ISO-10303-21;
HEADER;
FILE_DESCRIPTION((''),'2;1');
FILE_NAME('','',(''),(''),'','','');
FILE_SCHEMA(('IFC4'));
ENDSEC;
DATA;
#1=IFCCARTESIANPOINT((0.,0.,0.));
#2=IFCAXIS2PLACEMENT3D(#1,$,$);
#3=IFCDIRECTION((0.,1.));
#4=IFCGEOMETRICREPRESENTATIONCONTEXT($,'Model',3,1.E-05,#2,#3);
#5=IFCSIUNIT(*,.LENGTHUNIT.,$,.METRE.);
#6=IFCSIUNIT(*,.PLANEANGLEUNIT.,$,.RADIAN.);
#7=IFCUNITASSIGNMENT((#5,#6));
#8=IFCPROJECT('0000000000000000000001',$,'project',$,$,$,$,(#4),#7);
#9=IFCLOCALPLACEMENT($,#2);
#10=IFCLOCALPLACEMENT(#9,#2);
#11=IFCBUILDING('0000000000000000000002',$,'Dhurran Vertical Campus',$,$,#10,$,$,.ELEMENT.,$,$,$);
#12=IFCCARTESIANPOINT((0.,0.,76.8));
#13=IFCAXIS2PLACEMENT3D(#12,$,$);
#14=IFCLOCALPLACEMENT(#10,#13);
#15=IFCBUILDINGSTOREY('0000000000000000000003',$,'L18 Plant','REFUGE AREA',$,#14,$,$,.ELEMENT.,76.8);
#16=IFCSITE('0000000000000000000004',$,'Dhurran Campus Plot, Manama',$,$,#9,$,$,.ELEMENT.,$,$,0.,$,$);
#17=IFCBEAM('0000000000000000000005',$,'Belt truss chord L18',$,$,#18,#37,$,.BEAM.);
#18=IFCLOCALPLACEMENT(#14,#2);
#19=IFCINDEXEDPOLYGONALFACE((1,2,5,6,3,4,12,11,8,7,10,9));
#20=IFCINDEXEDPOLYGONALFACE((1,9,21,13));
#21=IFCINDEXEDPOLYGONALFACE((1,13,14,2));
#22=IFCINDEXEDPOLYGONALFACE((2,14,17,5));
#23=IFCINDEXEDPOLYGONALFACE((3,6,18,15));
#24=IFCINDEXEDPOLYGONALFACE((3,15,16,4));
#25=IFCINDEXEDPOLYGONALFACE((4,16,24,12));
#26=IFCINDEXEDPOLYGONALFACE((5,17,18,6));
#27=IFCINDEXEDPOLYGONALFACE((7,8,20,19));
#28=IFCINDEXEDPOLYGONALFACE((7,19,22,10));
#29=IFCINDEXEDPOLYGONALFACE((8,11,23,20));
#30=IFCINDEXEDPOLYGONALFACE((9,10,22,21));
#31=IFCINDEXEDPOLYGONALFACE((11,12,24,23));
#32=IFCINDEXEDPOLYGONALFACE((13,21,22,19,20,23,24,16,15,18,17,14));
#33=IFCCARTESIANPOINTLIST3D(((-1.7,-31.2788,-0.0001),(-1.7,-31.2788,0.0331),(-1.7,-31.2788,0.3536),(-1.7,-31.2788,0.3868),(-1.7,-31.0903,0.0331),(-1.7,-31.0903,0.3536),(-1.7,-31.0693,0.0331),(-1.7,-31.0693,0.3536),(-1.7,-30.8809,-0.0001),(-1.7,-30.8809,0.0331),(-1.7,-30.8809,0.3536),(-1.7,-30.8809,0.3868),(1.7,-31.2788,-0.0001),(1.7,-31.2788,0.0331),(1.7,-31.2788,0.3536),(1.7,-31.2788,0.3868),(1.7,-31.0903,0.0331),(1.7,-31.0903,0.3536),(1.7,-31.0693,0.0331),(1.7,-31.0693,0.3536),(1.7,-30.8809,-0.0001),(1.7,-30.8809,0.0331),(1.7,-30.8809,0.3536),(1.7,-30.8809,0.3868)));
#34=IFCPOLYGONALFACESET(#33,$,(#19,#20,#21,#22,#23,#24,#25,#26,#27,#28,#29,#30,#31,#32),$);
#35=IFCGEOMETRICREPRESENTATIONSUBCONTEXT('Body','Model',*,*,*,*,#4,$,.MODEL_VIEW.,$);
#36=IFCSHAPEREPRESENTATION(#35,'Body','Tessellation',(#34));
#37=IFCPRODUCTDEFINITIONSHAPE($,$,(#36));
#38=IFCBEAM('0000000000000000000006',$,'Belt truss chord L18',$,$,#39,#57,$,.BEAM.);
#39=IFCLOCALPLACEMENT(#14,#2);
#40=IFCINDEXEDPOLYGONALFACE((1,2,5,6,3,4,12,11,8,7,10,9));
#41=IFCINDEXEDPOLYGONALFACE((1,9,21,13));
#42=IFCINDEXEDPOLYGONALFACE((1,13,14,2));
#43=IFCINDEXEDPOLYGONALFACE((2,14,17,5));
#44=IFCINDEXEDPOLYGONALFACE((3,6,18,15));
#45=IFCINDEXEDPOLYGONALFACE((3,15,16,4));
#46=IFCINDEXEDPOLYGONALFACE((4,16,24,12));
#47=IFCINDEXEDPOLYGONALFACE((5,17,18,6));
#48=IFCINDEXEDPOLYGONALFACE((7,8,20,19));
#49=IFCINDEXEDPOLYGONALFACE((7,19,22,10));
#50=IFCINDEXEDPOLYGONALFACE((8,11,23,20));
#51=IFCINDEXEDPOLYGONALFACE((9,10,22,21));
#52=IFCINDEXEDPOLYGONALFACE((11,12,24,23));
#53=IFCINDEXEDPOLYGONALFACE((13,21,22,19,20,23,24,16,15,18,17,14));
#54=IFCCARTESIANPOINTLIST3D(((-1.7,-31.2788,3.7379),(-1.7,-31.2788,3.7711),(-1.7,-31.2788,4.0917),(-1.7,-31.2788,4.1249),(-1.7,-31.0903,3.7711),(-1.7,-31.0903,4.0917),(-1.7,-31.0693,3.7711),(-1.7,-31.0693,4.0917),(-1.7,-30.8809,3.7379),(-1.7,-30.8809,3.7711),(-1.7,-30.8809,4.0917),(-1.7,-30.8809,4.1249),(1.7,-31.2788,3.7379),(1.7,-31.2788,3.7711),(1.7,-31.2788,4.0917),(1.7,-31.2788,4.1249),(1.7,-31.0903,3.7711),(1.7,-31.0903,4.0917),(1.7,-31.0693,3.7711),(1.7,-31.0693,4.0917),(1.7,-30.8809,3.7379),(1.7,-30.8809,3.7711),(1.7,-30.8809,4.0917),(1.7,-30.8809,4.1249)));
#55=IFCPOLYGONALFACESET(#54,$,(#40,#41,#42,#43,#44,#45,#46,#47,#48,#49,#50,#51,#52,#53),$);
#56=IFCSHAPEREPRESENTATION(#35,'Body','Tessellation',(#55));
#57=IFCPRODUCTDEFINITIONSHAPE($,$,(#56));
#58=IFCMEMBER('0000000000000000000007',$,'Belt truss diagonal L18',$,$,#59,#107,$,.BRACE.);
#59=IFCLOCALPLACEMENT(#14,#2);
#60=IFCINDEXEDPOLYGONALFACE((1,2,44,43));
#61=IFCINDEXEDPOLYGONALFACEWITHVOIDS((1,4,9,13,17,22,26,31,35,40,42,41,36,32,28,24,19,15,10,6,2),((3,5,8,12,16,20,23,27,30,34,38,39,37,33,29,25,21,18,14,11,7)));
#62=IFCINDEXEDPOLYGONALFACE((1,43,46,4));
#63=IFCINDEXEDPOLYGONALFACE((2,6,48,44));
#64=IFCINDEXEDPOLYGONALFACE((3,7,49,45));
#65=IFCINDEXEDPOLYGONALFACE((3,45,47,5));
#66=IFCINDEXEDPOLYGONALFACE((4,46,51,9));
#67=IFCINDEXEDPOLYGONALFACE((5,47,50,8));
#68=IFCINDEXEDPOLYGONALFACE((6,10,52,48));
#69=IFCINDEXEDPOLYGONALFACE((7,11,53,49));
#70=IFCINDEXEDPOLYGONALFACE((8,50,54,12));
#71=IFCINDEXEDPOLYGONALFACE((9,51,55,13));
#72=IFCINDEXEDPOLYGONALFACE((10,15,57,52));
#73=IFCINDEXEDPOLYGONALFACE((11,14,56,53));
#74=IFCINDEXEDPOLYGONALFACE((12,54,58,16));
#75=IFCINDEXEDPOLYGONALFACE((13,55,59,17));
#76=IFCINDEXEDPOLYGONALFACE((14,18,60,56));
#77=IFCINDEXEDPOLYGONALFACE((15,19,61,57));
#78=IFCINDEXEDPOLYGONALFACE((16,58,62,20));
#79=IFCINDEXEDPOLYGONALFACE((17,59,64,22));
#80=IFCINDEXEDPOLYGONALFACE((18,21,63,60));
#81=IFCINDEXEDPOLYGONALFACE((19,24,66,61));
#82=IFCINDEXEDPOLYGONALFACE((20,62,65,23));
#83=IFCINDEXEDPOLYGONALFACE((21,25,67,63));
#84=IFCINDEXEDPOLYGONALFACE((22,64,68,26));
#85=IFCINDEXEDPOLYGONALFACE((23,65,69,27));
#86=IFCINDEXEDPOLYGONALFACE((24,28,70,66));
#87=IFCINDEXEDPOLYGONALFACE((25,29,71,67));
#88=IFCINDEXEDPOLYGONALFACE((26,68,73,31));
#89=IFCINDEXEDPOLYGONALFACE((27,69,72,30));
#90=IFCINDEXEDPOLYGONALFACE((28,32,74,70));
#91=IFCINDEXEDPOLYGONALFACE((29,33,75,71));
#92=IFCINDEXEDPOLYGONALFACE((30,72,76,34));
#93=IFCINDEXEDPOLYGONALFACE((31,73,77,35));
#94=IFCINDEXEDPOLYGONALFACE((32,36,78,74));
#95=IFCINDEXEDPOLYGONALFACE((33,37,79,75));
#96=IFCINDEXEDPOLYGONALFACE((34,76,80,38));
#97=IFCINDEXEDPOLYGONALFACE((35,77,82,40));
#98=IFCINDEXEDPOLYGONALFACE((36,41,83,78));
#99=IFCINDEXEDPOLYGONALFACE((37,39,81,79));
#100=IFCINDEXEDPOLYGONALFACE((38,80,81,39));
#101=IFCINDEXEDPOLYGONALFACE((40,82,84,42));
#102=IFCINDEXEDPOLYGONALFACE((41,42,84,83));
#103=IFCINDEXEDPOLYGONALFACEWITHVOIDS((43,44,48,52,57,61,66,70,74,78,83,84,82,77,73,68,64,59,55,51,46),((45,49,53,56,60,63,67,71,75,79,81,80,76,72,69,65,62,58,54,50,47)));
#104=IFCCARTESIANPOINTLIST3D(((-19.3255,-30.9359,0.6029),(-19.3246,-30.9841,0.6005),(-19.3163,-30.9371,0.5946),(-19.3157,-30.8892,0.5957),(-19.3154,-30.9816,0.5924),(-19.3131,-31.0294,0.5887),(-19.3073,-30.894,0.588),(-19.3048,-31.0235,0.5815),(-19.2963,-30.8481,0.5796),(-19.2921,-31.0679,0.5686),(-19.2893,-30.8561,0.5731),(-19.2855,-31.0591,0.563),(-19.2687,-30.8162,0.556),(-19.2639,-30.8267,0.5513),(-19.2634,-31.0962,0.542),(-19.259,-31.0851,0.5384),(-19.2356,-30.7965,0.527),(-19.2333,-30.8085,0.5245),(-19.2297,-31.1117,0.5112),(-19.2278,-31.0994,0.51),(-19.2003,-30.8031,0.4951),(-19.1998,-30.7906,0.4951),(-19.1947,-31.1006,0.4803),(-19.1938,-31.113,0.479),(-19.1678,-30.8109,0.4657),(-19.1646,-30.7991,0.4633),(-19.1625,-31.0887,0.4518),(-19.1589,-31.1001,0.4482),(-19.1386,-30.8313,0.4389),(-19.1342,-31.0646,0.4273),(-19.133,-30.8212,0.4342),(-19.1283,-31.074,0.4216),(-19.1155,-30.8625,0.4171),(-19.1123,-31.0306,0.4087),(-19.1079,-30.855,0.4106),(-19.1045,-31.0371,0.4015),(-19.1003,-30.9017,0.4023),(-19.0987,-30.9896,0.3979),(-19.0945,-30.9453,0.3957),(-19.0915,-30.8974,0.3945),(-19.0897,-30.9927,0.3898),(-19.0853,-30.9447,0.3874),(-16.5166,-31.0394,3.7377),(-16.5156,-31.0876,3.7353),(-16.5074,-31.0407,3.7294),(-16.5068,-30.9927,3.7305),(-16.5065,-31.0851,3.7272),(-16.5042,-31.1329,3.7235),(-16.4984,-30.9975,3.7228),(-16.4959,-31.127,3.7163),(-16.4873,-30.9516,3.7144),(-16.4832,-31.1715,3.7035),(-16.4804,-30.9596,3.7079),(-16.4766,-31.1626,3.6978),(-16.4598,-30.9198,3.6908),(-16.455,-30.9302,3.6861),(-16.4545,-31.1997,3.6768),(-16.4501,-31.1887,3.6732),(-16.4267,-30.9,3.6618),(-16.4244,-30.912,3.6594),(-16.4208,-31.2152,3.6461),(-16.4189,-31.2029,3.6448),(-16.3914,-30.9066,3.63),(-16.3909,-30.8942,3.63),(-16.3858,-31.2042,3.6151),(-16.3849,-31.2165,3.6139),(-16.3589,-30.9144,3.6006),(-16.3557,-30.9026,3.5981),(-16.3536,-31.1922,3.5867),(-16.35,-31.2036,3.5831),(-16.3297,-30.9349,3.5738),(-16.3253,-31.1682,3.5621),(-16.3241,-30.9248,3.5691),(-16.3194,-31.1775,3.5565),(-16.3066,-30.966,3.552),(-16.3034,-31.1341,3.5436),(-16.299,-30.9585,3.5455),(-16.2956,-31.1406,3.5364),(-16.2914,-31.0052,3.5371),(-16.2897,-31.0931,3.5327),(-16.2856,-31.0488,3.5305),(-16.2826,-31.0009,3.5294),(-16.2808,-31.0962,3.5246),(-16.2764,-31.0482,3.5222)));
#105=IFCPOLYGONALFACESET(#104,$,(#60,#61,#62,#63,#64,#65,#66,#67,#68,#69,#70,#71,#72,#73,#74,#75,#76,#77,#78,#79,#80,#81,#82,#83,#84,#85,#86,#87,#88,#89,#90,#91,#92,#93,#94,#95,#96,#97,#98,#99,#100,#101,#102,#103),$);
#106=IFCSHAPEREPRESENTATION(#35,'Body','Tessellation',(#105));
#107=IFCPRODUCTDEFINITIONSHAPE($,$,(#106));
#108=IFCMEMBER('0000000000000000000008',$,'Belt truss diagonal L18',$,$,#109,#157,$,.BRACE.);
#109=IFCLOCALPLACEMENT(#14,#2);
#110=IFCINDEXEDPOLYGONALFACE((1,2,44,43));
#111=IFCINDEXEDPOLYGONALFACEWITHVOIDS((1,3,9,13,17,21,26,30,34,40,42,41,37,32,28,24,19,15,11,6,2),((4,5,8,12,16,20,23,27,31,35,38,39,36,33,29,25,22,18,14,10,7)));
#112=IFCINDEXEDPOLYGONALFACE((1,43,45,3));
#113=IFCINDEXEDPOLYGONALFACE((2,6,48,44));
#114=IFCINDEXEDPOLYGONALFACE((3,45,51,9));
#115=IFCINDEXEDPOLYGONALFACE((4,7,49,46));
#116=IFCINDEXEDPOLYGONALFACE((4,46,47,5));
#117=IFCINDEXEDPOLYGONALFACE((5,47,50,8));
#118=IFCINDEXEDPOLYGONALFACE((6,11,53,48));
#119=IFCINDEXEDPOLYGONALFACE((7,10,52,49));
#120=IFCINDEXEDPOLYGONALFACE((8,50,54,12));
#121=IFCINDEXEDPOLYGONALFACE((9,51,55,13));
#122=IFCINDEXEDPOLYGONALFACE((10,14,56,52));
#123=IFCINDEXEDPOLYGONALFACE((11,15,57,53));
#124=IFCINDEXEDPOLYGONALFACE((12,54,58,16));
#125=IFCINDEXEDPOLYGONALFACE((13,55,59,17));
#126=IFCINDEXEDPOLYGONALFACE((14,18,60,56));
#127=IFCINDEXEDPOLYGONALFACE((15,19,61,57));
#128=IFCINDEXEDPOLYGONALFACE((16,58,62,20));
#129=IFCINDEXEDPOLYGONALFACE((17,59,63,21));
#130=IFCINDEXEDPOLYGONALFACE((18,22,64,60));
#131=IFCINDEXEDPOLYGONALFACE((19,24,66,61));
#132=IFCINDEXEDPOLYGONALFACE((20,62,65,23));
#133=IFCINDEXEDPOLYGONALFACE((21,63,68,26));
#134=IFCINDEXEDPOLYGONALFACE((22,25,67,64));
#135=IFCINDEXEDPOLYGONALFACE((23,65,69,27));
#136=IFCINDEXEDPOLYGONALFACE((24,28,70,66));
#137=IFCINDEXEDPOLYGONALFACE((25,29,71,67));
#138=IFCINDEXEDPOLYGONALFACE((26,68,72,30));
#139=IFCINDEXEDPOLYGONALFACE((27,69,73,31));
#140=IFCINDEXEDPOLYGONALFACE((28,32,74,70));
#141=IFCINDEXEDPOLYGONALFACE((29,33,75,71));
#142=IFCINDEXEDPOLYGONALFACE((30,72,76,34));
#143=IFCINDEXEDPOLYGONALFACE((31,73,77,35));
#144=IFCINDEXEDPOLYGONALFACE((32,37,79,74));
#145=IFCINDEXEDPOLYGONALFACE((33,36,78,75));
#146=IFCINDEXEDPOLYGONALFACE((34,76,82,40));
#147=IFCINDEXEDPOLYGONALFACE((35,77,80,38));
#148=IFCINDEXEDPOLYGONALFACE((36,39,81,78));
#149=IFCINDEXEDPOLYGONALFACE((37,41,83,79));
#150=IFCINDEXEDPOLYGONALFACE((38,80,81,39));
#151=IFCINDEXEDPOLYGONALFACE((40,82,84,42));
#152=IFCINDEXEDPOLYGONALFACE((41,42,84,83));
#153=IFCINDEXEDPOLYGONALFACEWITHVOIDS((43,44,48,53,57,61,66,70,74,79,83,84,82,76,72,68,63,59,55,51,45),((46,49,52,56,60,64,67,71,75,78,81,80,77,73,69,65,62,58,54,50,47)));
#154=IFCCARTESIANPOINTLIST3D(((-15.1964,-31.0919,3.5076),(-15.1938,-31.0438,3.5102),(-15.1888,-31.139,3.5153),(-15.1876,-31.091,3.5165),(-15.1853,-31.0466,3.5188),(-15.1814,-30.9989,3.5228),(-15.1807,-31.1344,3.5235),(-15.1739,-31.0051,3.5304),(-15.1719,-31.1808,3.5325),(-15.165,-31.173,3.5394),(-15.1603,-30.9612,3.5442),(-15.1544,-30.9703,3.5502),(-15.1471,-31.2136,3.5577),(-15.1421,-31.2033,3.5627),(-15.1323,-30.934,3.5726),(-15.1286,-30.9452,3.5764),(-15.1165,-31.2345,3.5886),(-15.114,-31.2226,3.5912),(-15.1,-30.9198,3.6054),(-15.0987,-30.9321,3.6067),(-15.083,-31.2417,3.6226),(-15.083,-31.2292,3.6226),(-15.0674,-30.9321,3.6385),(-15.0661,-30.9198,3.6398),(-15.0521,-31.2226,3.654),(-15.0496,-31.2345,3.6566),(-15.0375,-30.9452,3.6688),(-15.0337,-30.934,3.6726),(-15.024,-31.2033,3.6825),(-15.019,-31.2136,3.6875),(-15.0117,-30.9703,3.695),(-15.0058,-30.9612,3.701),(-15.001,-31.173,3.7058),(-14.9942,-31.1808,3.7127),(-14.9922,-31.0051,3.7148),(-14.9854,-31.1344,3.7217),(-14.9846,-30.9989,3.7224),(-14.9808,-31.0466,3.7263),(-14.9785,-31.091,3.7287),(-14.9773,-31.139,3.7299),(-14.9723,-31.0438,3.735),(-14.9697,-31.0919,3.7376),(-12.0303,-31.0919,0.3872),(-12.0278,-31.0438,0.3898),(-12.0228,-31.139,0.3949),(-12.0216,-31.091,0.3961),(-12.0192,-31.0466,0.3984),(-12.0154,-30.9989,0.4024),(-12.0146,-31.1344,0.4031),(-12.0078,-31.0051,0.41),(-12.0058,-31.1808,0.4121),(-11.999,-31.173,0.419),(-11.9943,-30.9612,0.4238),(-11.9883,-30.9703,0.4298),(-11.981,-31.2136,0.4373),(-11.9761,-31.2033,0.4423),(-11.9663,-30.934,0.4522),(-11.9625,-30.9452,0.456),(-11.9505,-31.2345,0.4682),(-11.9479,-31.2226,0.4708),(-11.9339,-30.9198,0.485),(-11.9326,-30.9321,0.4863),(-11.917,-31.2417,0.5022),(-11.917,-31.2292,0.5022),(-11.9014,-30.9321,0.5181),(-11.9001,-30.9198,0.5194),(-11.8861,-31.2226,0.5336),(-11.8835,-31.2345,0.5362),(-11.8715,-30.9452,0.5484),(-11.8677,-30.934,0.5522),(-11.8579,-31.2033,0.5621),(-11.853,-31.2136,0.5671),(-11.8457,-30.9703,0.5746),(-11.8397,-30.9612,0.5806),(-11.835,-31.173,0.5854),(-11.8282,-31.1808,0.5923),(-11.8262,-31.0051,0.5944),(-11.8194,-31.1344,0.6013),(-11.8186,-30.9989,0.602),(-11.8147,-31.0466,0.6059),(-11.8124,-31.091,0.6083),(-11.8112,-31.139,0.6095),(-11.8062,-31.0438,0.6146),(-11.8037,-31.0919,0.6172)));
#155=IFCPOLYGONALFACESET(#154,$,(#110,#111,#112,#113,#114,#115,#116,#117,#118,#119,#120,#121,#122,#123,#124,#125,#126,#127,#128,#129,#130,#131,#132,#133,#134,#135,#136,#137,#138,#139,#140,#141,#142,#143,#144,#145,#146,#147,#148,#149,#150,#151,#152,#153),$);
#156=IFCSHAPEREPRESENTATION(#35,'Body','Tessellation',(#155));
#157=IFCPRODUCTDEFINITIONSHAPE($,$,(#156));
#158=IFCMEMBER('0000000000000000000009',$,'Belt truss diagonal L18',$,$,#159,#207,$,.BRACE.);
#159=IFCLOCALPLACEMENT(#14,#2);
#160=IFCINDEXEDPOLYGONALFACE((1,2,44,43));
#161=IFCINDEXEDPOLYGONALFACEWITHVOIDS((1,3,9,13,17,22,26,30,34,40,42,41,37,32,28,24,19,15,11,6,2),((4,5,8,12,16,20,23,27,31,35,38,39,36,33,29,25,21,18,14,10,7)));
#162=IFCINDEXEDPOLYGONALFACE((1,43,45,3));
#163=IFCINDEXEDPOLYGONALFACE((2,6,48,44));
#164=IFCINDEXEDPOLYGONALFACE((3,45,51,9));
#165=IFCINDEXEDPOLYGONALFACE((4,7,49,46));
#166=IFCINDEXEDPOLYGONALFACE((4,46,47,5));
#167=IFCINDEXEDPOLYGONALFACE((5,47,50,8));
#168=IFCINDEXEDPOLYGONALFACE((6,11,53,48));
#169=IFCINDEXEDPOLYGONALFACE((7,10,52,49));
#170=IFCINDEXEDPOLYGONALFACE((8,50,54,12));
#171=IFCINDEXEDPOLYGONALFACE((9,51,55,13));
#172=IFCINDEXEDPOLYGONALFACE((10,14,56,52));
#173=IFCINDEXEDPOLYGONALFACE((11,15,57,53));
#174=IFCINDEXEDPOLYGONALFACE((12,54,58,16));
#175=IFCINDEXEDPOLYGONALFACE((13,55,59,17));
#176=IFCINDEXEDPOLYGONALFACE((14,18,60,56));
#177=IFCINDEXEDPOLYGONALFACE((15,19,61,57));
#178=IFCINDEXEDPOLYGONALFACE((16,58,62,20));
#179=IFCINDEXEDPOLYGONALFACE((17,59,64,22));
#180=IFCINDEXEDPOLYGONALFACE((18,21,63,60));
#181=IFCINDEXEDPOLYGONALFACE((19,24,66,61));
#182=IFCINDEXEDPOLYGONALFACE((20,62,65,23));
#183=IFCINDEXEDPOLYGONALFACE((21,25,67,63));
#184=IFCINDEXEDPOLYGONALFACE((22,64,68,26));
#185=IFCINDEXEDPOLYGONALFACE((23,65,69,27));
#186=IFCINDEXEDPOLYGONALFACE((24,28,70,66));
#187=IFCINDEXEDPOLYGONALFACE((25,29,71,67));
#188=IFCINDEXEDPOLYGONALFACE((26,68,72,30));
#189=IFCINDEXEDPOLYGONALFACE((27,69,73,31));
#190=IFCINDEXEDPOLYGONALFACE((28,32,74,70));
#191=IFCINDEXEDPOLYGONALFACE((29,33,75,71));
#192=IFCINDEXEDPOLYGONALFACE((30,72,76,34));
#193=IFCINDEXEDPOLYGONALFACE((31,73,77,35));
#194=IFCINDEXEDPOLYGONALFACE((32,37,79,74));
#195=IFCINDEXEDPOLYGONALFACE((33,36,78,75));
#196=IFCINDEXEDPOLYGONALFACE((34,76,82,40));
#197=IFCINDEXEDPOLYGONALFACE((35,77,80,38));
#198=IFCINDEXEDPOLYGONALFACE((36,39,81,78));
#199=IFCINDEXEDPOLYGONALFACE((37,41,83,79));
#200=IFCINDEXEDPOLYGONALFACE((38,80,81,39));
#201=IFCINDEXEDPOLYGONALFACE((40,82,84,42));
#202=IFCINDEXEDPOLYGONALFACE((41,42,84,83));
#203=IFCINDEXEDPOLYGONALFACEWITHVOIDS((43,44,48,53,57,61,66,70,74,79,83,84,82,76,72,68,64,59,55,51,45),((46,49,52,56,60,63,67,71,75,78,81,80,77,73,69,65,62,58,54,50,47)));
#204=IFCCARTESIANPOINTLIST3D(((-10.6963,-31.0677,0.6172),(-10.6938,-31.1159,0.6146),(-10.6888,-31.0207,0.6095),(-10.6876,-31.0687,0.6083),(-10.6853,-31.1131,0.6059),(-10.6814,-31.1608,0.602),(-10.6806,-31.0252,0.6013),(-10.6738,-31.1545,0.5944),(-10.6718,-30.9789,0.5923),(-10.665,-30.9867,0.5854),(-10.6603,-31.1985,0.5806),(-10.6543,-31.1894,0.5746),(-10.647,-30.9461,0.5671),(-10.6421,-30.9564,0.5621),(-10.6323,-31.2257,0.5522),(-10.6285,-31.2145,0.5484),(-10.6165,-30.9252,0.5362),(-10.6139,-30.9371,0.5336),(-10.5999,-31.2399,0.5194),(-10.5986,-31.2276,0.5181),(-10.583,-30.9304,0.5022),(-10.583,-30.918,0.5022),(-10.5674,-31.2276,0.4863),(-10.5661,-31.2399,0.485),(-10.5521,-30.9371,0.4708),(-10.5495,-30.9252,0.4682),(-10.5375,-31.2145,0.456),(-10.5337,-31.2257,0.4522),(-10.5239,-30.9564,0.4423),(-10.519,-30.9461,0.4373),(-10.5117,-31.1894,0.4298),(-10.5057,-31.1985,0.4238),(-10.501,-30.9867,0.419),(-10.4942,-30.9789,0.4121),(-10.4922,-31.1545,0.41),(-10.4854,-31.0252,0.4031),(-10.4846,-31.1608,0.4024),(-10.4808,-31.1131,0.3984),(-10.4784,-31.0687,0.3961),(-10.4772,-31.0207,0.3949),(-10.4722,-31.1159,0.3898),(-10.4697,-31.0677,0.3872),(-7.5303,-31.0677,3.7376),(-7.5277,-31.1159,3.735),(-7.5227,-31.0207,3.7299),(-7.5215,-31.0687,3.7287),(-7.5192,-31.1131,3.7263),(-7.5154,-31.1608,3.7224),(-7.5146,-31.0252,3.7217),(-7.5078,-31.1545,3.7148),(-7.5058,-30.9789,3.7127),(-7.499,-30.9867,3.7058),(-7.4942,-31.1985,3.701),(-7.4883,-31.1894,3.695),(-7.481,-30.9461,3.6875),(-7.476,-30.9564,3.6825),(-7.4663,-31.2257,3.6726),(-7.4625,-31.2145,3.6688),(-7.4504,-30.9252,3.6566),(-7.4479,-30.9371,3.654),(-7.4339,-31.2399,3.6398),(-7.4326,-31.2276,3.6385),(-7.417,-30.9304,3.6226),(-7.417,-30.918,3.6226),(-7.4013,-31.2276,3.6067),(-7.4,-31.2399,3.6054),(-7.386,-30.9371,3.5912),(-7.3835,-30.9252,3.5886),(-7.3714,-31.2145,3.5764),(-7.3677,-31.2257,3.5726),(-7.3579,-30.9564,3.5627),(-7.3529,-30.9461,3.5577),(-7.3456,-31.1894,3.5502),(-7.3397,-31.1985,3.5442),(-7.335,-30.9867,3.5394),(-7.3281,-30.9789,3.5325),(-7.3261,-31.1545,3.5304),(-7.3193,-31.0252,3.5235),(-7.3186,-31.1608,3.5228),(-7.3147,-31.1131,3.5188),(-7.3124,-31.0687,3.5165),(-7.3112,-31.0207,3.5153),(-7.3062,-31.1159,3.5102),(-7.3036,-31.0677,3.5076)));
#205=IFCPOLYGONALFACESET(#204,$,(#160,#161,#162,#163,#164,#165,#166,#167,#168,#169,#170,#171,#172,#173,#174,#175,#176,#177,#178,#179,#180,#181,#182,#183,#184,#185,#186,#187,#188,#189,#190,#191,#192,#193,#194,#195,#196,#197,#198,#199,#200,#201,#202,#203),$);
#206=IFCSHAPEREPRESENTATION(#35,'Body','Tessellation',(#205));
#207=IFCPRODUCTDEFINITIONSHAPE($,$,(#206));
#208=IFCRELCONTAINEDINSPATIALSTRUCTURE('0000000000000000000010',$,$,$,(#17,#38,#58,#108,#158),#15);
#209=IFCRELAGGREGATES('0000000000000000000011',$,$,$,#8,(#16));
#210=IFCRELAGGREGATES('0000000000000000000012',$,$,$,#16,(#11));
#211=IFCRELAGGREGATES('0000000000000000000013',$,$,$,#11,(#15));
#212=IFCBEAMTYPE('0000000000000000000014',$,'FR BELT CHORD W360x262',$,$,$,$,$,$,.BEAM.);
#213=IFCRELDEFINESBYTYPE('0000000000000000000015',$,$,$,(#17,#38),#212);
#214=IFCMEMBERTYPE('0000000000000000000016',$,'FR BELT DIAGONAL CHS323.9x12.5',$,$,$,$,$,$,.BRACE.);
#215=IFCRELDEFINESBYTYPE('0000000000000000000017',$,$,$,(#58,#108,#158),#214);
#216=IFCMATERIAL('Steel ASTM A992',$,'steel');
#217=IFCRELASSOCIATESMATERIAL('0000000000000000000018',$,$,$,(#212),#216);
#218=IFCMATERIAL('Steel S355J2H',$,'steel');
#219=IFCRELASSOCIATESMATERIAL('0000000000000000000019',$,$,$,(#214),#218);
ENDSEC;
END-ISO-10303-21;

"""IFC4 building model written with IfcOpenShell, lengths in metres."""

from ifc_helpers import new_model, si_unit, direction, frame, origin, origin_2d, place, context, subcontext, project, spatial, hollow_circle, i_section, extrude, material, material_profile, profile_set, type_object, element, save


model = new_model("IFC4")

# Units and contexts
model_context = context("Model", 3, precision=1e-05, world=origin(), true_north=direction((0.0, 1.0)))
body_context = subcontext(model_context, "Body", "Model", "MODEL_VIEW")
ifc_project = project(units=[si_unit("LENGTHUNIT", "METRE"), si_unit("PLANEANGLEUNIT", "RADIAN")], contexts=[model_context])

# Site, building, storey
site_placement = place(None, origin())
site = spatial("IfcSite", under=ifc_project, at=site_placement, Name="Dhurran Campus Plot, Manama", CompositionType="ELEMENT", RefElevation=0.0)
building_placement = place(site_placement, origin())
building = spatial("IfcBuilding", under=site, at=building_placement, Name="Dhurran Vertical Campus", CompositionType="ELEMENT")
storey_placement = place(building_placement, frame((0.0, 0.0, 76.8)))
storey = spatial("IfcBuildingStorey", under=building, at=storey_placement, Name="L18 Plant", Description="REFUGE AREA", CompositionType="ELEMENT", Elevation=76.8)

# Beams
ifc_material_1 = material(Name="Steel ASTM A992", Category="steel")
ifc_material_profile_1 = material_profile(ifc_material_1, i_section(OverallWidth=0.3979, OverallDepth=0.387, WebThickness=0.021, FlangeThickness=0.0332, at=origin_2d()), Name="W360x262")
ifc_profile_set_1 = profile_set([ifc_material_profile_1], Name="Steel ASTM A992")
beam_type = type_object("IfcBeamType", Name="FR BELT CHORD W360x262", PredefinedType="BEAM", material=ifc_profile_set_1)
for number, where, z_axis, x_axis, name in (
    (1, (-1.7, -31.0798, 0.1934), (1.0, 0.0, 0.0), (0.0, 1.0, 0.0), "Belt truss chord L18"),
    (2, (-1.7, -31.0798, 3.9314), (1.0, 0.0, 0.0), (0.0, 1.0, 0.0), "Belt truss chord L18"),
):
    element("IfcBeam", number, at=place(storey_placement, frame(where, z_axis=z_axis, x_axis=x_axis)), inside=storey, type_object=beam_type, Name=name, PredefinedType="BEAM", context=body_context, shape_type="SweptSolid", body=[
        extrude(i_section(OverallWidth=0.3979, OverallDepth=0.387, WebThickness=0.021, FlangeThickness=0.0332, at=origin_2d()), origin(), (0.0, 0.0, 1.0), 3.3999),
    ])

# Members
ifc_material_2 = material(Name="Steel S355J2H", Category="steel")
ifc_material_profile_2 = material_profile(ifc_material_2, hollow_circle(Radius=0.1619, WallThickness=0.0125, at=origin_2d()), Name="CHS323.9x12.5")
ifc_profile_set_2 = profile_set([ifc_material_profile_2], Name="Steel S355J2H")
member_type = type_object("IfcMemberType", Name="FR BELT DIAGONAL CHS323.9x12.5", PredefinedType="BRACE", material=ifc_profile_set_2)
member_placement = place(storey_placement, frame((-19.2058, -30.9524, 0.4951), z_axis=(0.667127, -0.024586, 0.744538), x_axis=(0.036829, 0.999322, 0.0)))
element("IfcMember", 3, at=member_placement, inside=storey, type_object=member_type, Name="Belt truss diagonal L18", PredefinedType="BRACE", context=body_context, shape_type="SweptSolid", body=[
    extrude(hollow_circle(Radius=0.1619, WallThickness=0.0125, at=origin_2d()), origin(), (0.0, 0.0, 1.0), 4.2104),
])
for number, where, z_axis, x_axis, name in (
    (4, (-11.917, -31.0798, 0.5022), (-0.712223, 0.0, 0.701953), (0.0, -1.0, 0.0), "Belt truss diagonal L18"),
    (5, (-10.583, -31.0798, 0.5022), (0.712223, 0.0, 0.701953), (0.0, 1.0, 0.0), "Belt truss diagonal L18"),
):
    element("IfcMember", number, at=place(storey_placement, frame(where, z_axis=z_axis, x_axis=x_axis)), inside=storey, type_object=member_type, Name=name, PredefinedType="BRACE", context=body_context, shape_type="SweptSolid", body=[
        extrude(hollow_circle(Radius=0.1619, WallThickness=0.0125, at=origin_2d()), origin(), (0.0, 0.0, 1.0), 4.4453),
    ])

save(model, "model.ifc")
